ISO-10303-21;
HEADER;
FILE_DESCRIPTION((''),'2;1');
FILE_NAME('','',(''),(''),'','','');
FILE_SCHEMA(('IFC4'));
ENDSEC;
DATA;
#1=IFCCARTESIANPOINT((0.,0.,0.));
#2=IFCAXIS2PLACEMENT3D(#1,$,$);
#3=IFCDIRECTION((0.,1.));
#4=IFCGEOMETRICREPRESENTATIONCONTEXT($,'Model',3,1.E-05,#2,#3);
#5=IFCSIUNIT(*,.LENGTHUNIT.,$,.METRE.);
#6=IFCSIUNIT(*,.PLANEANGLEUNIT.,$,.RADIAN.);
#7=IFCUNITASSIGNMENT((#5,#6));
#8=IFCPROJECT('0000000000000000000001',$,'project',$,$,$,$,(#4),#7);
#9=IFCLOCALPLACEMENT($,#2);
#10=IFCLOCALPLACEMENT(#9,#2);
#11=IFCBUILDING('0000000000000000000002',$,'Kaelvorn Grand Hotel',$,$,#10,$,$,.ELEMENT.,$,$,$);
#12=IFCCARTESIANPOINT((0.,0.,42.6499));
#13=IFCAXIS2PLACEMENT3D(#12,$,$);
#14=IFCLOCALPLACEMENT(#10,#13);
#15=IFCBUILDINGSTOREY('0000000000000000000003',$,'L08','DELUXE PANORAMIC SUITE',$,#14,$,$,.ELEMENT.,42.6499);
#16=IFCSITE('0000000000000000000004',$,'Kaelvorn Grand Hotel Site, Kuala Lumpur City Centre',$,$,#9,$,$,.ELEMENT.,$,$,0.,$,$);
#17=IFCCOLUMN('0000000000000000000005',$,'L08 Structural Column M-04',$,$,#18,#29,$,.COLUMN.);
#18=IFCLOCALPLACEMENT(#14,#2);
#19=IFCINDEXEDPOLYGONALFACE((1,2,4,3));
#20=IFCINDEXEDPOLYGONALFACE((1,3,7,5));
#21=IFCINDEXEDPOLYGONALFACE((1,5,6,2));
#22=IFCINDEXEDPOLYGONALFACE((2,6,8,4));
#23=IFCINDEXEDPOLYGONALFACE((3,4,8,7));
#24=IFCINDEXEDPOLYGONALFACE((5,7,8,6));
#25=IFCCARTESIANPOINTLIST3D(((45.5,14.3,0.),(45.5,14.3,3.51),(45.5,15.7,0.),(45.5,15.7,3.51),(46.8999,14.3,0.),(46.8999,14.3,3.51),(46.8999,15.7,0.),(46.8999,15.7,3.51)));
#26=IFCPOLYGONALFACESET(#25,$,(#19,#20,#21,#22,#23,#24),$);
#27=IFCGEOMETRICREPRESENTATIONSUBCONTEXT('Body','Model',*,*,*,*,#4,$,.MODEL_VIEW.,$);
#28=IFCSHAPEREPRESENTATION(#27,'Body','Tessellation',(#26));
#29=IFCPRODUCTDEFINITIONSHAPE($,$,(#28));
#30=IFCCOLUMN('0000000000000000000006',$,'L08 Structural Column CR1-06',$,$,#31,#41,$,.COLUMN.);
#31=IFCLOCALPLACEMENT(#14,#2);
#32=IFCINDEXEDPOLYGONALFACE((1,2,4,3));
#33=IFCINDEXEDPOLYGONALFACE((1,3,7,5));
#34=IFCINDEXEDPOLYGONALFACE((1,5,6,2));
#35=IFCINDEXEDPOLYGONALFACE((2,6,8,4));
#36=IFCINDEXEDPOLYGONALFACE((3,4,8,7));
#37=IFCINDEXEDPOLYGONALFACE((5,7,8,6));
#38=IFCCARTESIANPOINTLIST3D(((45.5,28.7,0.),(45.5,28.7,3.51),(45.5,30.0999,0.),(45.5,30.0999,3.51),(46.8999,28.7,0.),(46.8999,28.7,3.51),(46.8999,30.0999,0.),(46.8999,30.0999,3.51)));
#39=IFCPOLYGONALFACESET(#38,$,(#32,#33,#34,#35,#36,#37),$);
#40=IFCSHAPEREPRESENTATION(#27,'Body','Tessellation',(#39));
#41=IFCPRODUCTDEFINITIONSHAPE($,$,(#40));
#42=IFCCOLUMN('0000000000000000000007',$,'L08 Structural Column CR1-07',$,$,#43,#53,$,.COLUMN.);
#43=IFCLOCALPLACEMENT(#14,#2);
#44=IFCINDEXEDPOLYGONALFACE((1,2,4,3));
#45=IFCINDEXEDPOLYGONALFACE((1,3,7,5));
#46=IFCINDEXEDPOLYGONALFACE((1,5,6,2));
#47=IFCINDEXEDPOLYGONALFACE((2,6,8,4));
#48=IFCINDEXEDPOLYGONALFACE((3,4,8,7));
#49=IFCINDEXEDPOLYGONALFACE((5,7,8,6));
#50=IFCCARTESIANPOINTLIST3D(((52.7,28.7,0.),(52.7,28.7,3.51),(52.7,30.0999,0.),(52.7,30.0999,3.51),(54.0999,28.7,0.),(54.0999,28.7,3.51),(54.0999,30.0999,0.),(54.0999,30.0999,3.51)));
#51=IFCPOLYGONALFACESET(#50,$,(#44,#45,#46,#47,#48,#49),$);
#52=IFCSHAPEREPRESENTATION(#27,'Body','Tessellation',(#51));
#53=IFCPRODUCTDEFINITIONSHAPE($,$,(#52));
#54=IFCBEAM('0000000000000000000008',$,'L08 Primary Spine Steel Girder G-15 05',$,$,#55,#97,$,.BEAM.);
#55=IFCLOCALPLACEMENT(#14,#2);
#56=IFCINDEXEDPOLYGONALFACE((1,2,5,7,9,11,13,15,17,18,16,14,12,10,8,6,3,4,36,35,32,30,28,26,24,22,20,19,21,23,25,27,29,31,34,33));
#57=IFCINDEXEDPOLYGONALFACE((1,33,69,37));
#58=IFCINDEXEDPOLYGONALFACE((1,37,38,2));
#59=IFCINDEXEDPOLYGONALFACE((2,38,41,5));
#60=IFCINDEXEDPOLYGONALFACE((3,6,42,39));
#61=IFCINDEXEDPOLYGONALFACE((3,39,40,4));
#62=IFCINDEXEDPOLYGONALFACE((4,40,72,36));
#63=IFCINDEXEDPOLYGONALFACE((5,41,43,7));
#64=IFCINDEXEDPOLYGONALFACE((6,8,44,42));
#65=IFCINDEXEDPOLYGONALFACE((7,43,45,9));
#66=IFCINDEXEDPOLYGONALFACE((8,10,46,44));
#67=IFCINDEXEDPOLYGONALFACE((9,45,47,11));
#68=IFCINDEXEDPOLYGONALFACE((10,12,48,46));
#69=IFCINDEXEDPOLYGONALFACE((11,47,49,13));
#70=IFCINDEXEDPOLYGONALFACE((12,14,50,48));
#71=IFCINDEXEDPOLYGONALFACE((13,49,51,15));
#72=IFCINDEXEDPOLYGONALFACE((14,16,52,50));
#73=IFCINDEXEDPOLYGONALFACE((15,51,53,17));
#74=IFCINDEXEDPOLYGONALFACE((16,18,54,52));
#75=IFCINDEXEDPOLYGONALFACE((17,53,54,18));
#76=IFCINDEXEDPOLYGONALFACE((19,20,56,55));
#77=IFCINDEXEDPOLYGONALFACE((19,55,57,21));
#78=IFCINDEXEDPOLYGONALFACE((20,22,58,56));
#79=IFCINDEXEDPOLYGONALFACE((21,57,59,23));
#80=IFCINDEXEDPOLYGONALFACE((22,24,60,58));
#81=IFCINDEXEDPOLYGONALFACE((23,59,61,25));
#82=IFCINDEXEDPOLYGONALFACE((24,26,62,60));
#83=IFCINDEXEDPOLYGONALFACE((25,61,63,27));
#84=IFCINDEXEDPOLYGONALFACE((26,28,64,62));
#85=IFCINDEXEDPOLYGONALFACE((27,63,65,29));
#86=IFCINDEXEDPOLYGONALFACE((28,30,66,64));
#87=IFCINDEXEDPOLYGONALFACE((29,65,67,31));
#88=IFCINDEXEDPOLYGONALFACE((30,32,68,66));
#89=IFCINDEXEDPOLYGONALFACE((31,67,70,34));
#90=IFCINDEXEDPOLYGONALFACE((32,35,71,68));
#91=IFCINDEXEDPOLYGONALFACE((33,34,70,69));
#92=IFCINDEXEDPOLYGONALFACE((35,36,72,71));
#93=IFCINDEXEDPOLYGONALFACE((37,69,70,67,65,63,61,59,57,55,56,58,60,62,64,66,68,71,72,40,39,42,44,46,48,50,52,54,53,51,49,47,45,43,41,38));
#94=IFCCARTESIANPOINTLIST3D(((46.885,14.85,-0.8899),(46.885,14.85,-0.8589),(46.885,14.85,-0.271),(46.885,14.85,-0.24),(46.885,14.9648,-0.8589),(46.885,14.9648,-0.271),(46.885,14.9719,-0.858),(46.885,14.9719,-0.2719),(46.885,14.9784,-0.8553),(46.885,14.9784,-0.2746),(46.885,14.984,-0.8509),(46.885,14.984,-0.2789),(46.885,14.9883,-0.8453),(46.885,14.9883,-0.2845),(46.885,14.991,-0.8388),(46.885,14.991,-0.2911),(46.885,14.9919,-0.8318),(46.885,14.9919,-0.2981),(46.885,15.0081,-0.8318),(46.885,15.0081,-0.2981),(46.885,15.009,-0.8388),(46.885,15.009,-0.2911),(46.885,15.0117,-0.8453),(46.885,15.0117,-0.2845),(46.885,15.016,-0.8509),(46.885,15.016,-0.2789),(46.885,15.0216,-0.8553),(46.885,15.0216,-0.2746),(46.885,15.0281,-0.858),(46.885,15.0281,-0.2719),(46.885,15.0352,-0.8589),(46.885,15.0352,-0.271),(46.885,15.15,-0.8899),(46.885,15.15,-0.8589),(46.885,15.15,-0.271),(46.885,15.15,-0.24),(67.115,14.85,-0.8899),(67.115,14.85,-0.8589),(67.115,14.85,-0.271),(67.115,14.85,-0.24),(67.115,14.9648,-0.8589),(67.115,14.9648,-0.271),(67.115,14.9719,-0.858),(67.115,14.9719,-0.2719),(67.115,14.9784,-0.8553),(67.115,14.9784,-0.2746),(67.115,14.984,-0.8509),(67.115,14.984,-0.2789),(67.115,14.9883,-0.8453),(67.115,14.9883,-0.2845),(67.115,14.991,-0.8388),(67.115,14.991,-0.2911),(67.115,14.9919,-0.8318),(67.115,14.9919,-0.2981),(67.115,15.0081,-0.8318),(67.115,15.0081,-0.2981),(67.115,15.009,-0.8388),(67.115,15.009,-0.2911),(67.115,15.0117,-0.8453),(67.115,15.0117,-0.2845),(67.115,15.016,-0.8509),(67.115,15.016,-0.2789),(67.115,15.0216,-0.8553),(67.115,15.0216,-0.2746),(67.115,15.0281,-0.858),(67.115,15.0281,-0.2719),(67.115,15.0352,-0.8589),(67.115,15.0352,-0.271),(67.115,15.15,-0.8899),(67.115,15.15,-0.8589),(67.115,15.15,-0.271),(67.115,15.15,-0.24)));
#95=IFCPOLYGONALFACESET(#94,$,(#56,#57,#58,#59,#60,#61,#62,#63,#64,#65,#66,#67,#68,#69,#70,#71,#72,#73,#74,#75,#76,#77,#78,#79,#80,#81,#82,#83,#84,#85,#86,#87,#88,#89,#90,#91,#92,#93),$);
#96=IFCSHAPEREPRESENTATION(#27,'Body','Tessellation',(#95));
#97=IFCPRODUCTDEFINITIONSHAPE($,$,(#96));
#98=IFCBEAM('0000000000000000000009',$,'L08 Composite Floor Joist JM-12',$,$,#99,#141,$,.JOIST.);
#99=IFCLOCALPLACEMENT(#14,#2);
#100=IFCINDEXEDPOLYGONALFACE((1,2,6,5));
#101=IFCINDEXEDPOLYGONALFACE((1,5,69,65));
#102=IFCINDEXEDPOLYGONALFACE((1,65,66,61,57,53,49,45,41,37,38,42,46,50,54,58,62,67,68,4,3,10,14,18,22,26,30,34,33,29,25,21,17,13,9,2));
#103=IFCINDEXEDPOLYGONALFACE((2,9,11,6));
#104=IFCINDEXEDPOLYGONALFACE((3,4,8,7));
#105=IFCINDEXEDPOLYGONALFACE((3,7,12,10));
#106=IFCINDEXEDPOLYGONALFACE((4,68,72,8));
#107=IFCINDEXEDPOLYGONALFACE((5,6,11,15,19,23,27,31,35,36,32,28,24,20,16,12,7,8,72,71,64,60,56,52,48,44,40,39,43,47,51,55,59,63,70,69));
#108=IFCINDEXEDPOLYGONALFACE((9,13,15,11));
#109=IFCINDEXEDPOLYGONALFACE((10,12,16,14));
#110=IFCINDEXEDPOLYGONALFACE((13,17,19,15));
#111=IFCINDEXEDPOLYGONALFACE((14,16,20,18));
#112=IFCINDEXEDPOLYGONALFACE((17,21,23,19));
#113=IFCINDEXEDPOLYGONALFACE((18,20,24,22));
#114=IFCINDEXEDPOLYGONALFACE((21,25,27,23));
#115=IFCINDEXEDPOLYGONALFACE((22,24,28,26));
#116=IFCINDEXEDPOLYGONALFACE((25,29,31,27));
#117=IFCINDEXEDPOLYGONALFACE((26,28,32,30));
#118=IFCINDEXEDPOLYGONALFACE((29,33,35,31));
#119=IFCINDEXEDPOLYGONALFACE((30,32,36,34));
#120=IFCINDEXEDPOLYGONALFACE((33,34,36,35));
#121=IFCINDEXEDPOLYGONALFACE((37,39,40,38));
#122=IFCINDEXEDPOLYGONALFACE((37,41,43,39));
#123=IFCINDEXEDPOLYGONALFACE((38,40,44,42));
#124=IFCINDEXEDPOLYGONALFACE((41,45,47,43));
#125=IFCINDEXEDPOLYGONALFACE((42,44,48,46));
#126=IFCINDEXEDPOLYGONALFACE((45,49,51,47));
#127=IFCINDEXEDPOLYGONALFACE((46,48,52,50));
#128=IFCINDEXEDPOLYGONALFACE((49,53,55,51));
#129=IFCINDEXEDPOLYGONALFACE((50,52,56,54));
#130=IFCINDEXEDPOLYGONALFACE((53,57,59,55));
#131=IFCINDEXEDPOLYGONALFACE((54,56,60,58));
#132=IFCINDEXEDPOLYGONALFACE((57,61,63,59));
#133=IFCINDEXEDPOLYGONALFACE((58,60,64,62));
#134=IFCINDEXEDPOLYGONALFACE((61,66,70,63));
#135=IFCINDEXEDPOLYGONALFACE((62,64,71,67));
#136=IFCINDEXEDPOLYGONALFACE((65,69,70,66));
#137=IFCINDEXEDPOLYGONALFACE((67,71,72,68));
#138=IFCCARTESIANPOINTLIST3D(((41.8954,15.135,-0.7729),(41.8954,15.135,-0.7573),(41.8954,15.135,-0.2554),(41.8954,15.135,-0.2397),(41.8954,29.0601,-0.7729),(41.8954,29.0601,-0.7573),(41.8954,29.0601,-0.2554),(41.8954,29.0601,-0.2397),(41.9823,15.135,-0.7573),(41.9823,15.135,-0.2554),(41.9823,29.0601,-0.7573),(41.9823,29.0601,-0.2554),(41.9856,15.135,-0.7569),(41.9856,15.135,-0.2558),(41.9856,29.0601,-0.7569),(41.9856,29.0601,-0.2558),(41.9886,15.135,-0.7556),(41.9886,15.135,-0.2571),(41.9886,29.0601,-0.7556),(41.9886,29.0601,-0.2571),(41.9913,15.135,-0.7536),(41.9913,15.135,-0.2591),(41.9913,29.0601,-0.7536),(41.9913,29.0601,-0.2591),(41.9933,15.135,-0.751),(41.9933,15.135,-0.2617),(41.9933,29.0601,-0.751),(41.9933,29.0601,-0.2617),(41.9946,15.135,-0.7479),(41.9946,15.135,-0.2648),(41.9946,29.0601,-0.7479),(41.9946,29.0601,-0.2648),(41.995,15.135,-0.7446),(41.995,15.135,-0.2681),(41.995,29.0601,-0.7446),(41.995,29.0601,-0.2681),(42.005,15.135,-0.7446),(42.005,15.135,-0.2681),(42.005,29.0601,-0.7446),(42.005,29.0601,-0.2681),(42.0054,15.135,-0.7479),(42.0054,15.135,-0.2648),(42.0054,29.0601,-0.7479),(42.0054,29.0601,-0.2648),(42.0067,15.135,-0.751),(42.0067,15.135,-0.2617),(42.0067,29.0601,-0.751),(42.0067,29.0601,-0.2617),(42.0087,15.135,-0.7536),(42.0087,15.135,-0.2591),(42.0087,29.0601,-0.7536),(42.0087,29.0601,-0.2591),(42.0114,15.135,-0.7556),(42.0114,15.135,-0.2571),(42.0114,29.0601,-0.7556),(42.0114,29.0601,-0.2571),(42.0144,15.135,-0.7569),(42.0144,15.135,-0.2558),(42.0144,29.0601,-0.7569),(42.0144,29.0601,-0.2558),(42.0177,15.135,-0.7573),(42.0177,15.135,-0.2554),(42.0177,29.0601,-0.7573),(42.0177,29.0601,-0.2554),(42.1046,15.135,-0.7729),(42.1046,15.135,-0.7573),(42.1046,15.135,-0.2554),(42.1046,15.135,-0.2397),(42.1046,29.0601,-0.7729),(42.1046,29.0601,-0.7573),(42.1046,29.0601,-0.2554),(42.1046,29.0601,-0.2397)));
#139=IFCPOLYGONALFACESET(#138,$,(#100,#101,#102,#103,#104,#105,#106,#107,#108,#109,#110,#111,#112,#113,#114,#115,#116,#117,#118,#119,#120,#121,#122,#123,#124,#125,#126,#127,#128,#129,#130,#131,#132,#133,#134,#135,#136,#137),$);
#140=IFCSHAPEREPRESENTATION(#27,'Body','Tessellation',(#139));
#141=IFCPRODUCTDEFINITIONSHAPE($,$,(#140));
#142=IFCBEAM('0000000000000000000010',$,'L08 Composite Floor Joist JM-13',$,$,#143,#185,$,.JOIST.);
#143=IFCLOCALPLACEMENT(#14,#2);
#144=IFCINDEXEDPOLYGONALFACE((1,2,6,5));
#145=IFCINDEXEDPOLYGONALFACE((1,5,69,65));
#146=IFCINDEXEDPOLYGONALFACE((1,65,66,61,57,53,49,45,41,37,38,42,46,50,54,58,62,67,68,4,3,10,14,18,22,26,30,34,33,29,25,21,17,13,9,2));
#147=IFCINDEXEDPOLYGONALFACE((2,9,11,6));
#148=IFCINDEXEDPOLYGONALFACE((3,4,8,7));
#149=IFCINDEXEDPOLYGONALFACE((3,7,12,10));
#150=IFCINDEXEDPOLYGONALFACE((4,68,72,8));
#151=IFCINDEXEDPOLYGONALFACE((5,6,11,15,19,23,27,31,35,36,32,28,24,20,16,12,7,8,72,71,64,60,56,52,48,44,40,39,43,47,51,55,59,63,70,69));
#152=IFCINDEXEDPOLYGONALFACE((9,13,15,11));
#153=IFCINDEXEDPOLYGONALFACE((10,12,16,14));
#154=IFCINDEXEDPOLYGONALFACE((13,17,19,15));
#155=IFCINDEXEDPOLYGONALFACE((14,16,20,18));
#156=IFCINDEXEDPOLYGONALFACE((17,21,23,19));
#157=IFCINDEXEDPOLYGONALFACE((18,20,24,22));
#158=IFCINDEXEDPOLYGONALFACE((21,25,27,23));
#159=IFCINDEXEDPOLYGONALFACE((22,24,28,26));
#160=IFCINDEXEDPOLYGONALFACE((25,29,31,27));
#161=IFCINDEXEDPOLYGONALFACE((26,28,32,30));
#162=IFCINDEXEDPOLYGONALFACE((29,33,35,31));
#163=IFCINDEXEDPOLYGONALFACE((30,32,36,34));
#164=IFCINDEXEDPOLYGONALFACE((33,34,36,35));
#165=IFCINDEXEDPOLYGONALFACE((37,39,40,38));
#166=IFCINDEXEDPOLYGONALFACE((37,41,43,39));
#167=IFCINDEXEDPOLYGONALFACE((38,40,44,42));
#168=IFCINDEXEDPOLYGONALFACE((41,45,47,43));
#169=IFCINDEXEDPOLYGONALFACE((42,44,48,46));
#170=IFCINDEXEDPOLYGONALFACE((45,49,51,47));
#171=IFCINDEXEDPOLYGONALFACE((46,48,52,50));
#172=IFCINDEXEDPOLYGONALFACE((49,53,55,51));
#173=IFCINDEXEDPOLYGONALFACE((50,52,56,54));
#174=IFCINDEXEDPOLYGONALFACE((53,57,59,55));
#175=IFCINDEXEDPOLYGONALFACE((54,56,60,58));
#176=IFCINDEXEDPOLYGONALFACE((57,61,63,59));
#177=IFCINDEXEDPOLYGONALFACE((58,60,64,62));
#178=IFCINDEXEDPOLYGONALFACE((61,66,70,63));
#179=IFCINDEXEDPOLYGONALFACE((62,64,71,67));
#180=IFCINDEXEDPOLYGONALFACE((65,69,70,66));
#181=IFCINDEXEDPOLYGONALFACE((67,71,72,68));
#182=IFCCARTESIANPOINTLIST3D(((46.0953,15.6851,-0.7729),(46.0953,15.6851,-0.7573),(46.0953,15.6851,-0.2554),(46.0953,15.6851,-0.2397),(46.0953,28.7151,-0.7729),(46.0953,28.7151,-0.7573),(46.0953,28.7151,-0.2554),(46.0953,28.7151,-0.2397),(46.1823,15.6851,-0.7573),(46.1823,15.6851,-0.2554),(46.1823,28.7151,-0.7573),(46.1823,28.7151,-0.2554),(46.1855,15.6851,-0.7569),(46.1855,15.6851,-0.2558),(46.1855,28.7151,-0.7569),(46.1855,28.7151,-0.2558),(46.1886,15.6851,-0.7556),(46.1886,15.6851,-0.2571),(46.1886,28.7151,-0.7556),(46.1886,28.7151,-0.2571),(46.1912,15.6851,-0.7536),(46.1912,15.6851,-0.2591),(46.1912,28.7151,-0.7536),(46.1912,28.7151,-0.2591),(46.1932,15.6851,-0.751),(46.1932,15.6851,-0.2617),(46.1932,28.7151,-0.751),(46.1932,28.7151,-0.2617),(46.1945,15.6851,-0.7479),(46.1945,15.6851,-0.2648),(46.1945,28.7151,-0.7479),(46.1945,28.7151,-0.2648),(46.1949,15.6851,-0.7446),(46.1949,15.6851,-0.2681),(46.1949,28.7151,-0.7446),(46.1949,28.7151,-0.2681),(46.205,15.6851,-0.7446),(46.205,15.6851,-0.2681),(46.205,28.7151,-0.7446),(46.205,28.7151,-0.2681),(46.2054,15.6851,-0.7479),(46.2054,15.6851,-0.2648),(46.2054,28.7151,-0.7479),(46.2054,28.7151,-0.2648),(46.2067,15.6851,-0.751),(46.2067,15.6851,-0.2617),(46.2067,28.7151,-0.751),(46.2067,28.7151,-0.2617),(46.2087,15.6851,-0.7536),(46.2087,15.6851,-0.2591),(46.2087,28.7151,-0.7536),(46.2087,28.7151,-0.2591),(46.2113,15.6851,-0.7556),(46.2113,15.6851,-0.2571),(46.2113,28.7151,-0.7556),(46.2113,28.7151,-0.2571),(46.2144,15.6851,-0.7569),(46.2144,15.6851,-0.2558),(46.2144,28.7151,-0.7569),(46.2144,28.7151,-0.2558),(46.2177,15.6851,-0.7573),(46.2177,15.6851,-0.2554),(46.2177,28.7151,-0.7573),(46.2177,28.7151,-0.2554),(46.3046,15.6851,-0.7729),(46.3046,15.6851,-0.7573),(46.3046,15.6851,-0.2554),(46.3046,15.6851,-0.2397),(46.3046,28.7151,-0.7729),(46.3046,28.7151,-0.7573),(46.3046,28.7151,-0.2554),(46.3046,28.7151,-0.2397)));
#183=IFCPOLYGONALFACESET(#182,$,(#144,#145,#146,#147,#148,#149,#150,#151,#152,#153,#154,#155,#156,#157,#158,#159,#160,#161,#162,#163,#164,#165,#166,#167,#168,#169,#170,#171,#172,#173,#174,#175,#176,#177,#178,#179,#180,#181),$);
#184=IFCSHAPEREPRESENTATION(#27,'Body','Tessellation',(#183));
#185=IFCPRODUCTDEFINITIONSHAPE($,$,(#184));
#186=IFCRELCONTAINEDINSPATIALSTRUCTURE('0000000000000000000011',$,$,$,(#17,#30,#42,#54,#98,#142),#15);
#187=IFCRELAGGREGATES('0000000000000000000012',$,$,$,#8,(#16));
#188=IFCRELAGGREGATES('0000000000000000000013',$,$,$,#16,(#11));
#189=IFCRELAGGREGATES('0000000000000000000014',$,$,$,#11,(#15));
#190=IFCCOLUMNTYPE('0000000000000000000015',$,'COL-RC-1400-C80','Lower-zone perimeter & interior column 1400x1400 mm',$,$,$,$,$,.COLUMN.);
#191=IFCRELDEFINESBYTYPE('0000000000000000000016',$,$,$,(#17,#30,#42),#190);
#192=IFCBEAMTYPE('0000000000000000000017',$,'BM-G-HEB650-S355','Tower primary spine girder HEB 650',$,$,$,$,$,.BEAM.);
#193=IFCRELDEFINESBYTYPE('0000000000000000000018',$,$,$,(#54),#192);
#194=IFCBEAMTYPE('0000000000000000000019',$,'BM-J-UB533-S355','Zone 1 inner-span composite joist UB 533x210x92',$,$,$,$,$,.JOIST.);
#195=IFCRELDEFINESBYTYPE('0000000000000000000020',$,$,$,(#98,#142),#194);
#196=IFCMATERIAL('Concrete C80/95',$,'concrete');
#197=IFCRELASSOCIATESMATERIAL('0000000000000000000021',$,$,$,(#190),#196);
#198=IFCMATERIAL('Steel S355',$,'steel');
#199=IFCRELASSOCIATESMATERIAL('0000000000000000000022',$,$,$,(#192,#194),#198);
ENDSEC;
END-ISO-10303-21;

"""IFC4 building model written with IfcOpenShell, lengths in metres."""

from ifc_helpers import new_model, si_unit, direction, frame, origin, origin_2d, place, context, subcontext, project, spatial, rectangle, i_section, extrude, material, material_profile, profile_set, type_object, element, save


model = new_model("IFC4")

# Units and contexts
model_context = context("Model", 3, precision=1e-05, world=origin(), true_north=direction((0.0, 1.0)))
body_context = subcontext(model_context, "Body", "Model", "MODEL_VIEW")
ifc_project = project(units=[si_unit("LENGTHUNIT", "METRE"), si_unit("PLANEANGLEUNIT", "RADIAN")], contexts=[model_context])

# Site, building, storey
site_placement = place(None, origin())
site = spatial("IfcSite", under=ifc_project, at=site_placement, Name="Kaelvorn Grand Hotel Site, Kuala Lumpur City Centre", CompositionType="ELEMENT", RefElevation=0.0)
building_placement = place(site_placement, origin())
building = spatial("IfcBuilding", under=site, at=building_placement, Name="Kaelvorn Grand Hotel", CompositionType="ELEMENT")
storey_placement = place(building_placement, frame((0.0, 0.0, 42.6499)))
storey = spatial("IfcBuildingStorey", under=building, at=storey_placement, Name="L08", Description="DELUXE PANORAMIC SUITE", CompositionType="ELEMENT", Elevation=42.6499)

# Columns
ifc_material_1 = material(Name="Concrete C80/95", Category="concrete")
ifc_material_profile_1 = material_profile(ifc_material_1, rectangle(XDim=1.3999, YDim=1.3999, at=origin_2d()), Name="RC COL 1400x1400")
ifc_profile_set_1 = profile_set([ifc_material_profile_1], Name="Concrete C80/95")
column_type = type_object("IfcColumnType", Name="COL-RC-1400-C80", Description="Lower-zone perimeter & interior column 1400x1400 mm", PredefinedType="COLUMN", material=ifc_profile_set_1)
for number, where, z_axis, x_axis, name in (
    (1, (46.2, 15.0, 0.0), (0.0, 0.0, 1.0), (1.0, 0.0, 0.0), "L08 Structural Column M-04"),
    (2, (46.2, 29.3999, 0.0), (0.0, 0.0, 1.0), (1.0, 0.0, 0.0), "L08 Structural Column CR1-06"),
    (3, (53.3999, 29.3999, 0.0), (0.0, 0.0, 1.0), (1.0, 0.0, 0.0), "L08 Structural Column CR1-07"),
):
    element("IfcColumn", number, at=place(storey_placement, frame(where, z_axis=z_axis, x_axis=x_axis)), inside=storey, type_object=column_type, Name=name, PredefinedType="COLUMN", context=body_context, shape_type="SweptSolid", body=[
        extrude(rectangle(XDim=1.3999, YDim=1.3999, at=origin_2d()), origin(), (0.0, 0.0, 1.0), 3.51),
    ])

# Beams
ifc_material_2 = material(Name="Steel S355", Category="steel")
ifc_material_profile_2 = material_profile(ifc_material_2, i_section(OverallWidth=0.3, OverallDepth=0.6499, WebThickness=0.0161, FlangeThickness=0.031, FilletRadius=0.0271, at=origin_2d()), Name="HEB 650")
ifc_profile_set_2 = profile_set([ifc_material_profile_2], Name="Steel S355")
beam_type_1 = type_object("IfcBeamType", Name="BM-G-HEB650-S355", Description="Tower primary spine girder HEB 650", PredefinedType="BEAM", material=ifc_profile_set_2)
beam_1_placement = place(storey_placement, frame((46.885, 15.0, -0.5649), z_axis=(1.0, 0.0, 0.0), x_axis=(0.0, 1.0, 0.0)))
element("IfcBeam", 4, at=beam_1_placement, inside=storey, type_object=beam_type_1, Name="L08 Primary Spine Steel Girder G-15 05", PredefinedType="BEAM", context=body_context, shape_type="SweptSolid", body=[
    extrude(i_section(OverallWidth=0.3, OverallDepth=0.6499, WebThickness=0.0161, FlangeThickness=0.031, FilletRadius=0.0271, at=origin_2d()), origin(), (0.0, 0.0, 1.0), 20.23),
])
ifc_material_profile_3 = material_profile(ifc_material_2, i_section(OverallWidth=0.2092, OverallDepth=0.5332, WebThickness=0.01, FlangeThickness=0.0156, FilletRadius=0.0127, at=origin_2d()), Name="UB 533x210x92")
ifc_profile_set_3 = profile_set([ifc_material_profile_3], Name="Steel S355")
beam_type_2 = type_object("IfcBeamType", Name="BM-J-UB533-S355", Description="Zone 1 inner-span composite joist UB 533x210x92", PredefinedType="JOIST", material=ifc_profile_set_3)
beam_2_placement = place(storey_placement, frame((42.0, 15.135, -0.5063), z_axis=(0.0, 1.0, 0.0), x_axis=(-1.0, 0.0, 0.0)))
element("IfcBeam", 5, at=beam_2_placement, inside=storey, type_object=beam_type_2, Name="L08 Composite Floor Joist JM-12", PredefinedType="JOIST", context=body_context, shape_type="SweptSolid", body=[
    extrude(i_section(OverallWidth=0.2092, OverallDepth=0.5332, WebThickness=0.01, FlangeThickness=0.0156, FilletRadius=0.0127, at=origin_2d()), origin(), (0.0, 0.0, 1.0), 13.925),
])
beam_3_placement = place(storey_placement, frame((46.2, 15.6851, -0.5063), z_axis=(0.0, 1.0, 0.0), x_axis=(-1.0, 0.0, 0.0)))
element("IfcBeam", 6, at=beam_3_placement, inside=storey, type_object=beam_type_2, Name="L08 Composite Floor Joist JM-13", PredefinedType="JOIST", context=body_context, shape_type="SweptSolid", body=[
    extrude(i_section(OverallWidth=0.2092, OverallDepth=0.5332, WebThickness=0.01, FlangeThickness=0.0156, FilletRadius=0.0127, at=origin_2d()), origin(), (0.0, 0.0, 1.0), 13.03),
])

save(model, "model.ifc")
